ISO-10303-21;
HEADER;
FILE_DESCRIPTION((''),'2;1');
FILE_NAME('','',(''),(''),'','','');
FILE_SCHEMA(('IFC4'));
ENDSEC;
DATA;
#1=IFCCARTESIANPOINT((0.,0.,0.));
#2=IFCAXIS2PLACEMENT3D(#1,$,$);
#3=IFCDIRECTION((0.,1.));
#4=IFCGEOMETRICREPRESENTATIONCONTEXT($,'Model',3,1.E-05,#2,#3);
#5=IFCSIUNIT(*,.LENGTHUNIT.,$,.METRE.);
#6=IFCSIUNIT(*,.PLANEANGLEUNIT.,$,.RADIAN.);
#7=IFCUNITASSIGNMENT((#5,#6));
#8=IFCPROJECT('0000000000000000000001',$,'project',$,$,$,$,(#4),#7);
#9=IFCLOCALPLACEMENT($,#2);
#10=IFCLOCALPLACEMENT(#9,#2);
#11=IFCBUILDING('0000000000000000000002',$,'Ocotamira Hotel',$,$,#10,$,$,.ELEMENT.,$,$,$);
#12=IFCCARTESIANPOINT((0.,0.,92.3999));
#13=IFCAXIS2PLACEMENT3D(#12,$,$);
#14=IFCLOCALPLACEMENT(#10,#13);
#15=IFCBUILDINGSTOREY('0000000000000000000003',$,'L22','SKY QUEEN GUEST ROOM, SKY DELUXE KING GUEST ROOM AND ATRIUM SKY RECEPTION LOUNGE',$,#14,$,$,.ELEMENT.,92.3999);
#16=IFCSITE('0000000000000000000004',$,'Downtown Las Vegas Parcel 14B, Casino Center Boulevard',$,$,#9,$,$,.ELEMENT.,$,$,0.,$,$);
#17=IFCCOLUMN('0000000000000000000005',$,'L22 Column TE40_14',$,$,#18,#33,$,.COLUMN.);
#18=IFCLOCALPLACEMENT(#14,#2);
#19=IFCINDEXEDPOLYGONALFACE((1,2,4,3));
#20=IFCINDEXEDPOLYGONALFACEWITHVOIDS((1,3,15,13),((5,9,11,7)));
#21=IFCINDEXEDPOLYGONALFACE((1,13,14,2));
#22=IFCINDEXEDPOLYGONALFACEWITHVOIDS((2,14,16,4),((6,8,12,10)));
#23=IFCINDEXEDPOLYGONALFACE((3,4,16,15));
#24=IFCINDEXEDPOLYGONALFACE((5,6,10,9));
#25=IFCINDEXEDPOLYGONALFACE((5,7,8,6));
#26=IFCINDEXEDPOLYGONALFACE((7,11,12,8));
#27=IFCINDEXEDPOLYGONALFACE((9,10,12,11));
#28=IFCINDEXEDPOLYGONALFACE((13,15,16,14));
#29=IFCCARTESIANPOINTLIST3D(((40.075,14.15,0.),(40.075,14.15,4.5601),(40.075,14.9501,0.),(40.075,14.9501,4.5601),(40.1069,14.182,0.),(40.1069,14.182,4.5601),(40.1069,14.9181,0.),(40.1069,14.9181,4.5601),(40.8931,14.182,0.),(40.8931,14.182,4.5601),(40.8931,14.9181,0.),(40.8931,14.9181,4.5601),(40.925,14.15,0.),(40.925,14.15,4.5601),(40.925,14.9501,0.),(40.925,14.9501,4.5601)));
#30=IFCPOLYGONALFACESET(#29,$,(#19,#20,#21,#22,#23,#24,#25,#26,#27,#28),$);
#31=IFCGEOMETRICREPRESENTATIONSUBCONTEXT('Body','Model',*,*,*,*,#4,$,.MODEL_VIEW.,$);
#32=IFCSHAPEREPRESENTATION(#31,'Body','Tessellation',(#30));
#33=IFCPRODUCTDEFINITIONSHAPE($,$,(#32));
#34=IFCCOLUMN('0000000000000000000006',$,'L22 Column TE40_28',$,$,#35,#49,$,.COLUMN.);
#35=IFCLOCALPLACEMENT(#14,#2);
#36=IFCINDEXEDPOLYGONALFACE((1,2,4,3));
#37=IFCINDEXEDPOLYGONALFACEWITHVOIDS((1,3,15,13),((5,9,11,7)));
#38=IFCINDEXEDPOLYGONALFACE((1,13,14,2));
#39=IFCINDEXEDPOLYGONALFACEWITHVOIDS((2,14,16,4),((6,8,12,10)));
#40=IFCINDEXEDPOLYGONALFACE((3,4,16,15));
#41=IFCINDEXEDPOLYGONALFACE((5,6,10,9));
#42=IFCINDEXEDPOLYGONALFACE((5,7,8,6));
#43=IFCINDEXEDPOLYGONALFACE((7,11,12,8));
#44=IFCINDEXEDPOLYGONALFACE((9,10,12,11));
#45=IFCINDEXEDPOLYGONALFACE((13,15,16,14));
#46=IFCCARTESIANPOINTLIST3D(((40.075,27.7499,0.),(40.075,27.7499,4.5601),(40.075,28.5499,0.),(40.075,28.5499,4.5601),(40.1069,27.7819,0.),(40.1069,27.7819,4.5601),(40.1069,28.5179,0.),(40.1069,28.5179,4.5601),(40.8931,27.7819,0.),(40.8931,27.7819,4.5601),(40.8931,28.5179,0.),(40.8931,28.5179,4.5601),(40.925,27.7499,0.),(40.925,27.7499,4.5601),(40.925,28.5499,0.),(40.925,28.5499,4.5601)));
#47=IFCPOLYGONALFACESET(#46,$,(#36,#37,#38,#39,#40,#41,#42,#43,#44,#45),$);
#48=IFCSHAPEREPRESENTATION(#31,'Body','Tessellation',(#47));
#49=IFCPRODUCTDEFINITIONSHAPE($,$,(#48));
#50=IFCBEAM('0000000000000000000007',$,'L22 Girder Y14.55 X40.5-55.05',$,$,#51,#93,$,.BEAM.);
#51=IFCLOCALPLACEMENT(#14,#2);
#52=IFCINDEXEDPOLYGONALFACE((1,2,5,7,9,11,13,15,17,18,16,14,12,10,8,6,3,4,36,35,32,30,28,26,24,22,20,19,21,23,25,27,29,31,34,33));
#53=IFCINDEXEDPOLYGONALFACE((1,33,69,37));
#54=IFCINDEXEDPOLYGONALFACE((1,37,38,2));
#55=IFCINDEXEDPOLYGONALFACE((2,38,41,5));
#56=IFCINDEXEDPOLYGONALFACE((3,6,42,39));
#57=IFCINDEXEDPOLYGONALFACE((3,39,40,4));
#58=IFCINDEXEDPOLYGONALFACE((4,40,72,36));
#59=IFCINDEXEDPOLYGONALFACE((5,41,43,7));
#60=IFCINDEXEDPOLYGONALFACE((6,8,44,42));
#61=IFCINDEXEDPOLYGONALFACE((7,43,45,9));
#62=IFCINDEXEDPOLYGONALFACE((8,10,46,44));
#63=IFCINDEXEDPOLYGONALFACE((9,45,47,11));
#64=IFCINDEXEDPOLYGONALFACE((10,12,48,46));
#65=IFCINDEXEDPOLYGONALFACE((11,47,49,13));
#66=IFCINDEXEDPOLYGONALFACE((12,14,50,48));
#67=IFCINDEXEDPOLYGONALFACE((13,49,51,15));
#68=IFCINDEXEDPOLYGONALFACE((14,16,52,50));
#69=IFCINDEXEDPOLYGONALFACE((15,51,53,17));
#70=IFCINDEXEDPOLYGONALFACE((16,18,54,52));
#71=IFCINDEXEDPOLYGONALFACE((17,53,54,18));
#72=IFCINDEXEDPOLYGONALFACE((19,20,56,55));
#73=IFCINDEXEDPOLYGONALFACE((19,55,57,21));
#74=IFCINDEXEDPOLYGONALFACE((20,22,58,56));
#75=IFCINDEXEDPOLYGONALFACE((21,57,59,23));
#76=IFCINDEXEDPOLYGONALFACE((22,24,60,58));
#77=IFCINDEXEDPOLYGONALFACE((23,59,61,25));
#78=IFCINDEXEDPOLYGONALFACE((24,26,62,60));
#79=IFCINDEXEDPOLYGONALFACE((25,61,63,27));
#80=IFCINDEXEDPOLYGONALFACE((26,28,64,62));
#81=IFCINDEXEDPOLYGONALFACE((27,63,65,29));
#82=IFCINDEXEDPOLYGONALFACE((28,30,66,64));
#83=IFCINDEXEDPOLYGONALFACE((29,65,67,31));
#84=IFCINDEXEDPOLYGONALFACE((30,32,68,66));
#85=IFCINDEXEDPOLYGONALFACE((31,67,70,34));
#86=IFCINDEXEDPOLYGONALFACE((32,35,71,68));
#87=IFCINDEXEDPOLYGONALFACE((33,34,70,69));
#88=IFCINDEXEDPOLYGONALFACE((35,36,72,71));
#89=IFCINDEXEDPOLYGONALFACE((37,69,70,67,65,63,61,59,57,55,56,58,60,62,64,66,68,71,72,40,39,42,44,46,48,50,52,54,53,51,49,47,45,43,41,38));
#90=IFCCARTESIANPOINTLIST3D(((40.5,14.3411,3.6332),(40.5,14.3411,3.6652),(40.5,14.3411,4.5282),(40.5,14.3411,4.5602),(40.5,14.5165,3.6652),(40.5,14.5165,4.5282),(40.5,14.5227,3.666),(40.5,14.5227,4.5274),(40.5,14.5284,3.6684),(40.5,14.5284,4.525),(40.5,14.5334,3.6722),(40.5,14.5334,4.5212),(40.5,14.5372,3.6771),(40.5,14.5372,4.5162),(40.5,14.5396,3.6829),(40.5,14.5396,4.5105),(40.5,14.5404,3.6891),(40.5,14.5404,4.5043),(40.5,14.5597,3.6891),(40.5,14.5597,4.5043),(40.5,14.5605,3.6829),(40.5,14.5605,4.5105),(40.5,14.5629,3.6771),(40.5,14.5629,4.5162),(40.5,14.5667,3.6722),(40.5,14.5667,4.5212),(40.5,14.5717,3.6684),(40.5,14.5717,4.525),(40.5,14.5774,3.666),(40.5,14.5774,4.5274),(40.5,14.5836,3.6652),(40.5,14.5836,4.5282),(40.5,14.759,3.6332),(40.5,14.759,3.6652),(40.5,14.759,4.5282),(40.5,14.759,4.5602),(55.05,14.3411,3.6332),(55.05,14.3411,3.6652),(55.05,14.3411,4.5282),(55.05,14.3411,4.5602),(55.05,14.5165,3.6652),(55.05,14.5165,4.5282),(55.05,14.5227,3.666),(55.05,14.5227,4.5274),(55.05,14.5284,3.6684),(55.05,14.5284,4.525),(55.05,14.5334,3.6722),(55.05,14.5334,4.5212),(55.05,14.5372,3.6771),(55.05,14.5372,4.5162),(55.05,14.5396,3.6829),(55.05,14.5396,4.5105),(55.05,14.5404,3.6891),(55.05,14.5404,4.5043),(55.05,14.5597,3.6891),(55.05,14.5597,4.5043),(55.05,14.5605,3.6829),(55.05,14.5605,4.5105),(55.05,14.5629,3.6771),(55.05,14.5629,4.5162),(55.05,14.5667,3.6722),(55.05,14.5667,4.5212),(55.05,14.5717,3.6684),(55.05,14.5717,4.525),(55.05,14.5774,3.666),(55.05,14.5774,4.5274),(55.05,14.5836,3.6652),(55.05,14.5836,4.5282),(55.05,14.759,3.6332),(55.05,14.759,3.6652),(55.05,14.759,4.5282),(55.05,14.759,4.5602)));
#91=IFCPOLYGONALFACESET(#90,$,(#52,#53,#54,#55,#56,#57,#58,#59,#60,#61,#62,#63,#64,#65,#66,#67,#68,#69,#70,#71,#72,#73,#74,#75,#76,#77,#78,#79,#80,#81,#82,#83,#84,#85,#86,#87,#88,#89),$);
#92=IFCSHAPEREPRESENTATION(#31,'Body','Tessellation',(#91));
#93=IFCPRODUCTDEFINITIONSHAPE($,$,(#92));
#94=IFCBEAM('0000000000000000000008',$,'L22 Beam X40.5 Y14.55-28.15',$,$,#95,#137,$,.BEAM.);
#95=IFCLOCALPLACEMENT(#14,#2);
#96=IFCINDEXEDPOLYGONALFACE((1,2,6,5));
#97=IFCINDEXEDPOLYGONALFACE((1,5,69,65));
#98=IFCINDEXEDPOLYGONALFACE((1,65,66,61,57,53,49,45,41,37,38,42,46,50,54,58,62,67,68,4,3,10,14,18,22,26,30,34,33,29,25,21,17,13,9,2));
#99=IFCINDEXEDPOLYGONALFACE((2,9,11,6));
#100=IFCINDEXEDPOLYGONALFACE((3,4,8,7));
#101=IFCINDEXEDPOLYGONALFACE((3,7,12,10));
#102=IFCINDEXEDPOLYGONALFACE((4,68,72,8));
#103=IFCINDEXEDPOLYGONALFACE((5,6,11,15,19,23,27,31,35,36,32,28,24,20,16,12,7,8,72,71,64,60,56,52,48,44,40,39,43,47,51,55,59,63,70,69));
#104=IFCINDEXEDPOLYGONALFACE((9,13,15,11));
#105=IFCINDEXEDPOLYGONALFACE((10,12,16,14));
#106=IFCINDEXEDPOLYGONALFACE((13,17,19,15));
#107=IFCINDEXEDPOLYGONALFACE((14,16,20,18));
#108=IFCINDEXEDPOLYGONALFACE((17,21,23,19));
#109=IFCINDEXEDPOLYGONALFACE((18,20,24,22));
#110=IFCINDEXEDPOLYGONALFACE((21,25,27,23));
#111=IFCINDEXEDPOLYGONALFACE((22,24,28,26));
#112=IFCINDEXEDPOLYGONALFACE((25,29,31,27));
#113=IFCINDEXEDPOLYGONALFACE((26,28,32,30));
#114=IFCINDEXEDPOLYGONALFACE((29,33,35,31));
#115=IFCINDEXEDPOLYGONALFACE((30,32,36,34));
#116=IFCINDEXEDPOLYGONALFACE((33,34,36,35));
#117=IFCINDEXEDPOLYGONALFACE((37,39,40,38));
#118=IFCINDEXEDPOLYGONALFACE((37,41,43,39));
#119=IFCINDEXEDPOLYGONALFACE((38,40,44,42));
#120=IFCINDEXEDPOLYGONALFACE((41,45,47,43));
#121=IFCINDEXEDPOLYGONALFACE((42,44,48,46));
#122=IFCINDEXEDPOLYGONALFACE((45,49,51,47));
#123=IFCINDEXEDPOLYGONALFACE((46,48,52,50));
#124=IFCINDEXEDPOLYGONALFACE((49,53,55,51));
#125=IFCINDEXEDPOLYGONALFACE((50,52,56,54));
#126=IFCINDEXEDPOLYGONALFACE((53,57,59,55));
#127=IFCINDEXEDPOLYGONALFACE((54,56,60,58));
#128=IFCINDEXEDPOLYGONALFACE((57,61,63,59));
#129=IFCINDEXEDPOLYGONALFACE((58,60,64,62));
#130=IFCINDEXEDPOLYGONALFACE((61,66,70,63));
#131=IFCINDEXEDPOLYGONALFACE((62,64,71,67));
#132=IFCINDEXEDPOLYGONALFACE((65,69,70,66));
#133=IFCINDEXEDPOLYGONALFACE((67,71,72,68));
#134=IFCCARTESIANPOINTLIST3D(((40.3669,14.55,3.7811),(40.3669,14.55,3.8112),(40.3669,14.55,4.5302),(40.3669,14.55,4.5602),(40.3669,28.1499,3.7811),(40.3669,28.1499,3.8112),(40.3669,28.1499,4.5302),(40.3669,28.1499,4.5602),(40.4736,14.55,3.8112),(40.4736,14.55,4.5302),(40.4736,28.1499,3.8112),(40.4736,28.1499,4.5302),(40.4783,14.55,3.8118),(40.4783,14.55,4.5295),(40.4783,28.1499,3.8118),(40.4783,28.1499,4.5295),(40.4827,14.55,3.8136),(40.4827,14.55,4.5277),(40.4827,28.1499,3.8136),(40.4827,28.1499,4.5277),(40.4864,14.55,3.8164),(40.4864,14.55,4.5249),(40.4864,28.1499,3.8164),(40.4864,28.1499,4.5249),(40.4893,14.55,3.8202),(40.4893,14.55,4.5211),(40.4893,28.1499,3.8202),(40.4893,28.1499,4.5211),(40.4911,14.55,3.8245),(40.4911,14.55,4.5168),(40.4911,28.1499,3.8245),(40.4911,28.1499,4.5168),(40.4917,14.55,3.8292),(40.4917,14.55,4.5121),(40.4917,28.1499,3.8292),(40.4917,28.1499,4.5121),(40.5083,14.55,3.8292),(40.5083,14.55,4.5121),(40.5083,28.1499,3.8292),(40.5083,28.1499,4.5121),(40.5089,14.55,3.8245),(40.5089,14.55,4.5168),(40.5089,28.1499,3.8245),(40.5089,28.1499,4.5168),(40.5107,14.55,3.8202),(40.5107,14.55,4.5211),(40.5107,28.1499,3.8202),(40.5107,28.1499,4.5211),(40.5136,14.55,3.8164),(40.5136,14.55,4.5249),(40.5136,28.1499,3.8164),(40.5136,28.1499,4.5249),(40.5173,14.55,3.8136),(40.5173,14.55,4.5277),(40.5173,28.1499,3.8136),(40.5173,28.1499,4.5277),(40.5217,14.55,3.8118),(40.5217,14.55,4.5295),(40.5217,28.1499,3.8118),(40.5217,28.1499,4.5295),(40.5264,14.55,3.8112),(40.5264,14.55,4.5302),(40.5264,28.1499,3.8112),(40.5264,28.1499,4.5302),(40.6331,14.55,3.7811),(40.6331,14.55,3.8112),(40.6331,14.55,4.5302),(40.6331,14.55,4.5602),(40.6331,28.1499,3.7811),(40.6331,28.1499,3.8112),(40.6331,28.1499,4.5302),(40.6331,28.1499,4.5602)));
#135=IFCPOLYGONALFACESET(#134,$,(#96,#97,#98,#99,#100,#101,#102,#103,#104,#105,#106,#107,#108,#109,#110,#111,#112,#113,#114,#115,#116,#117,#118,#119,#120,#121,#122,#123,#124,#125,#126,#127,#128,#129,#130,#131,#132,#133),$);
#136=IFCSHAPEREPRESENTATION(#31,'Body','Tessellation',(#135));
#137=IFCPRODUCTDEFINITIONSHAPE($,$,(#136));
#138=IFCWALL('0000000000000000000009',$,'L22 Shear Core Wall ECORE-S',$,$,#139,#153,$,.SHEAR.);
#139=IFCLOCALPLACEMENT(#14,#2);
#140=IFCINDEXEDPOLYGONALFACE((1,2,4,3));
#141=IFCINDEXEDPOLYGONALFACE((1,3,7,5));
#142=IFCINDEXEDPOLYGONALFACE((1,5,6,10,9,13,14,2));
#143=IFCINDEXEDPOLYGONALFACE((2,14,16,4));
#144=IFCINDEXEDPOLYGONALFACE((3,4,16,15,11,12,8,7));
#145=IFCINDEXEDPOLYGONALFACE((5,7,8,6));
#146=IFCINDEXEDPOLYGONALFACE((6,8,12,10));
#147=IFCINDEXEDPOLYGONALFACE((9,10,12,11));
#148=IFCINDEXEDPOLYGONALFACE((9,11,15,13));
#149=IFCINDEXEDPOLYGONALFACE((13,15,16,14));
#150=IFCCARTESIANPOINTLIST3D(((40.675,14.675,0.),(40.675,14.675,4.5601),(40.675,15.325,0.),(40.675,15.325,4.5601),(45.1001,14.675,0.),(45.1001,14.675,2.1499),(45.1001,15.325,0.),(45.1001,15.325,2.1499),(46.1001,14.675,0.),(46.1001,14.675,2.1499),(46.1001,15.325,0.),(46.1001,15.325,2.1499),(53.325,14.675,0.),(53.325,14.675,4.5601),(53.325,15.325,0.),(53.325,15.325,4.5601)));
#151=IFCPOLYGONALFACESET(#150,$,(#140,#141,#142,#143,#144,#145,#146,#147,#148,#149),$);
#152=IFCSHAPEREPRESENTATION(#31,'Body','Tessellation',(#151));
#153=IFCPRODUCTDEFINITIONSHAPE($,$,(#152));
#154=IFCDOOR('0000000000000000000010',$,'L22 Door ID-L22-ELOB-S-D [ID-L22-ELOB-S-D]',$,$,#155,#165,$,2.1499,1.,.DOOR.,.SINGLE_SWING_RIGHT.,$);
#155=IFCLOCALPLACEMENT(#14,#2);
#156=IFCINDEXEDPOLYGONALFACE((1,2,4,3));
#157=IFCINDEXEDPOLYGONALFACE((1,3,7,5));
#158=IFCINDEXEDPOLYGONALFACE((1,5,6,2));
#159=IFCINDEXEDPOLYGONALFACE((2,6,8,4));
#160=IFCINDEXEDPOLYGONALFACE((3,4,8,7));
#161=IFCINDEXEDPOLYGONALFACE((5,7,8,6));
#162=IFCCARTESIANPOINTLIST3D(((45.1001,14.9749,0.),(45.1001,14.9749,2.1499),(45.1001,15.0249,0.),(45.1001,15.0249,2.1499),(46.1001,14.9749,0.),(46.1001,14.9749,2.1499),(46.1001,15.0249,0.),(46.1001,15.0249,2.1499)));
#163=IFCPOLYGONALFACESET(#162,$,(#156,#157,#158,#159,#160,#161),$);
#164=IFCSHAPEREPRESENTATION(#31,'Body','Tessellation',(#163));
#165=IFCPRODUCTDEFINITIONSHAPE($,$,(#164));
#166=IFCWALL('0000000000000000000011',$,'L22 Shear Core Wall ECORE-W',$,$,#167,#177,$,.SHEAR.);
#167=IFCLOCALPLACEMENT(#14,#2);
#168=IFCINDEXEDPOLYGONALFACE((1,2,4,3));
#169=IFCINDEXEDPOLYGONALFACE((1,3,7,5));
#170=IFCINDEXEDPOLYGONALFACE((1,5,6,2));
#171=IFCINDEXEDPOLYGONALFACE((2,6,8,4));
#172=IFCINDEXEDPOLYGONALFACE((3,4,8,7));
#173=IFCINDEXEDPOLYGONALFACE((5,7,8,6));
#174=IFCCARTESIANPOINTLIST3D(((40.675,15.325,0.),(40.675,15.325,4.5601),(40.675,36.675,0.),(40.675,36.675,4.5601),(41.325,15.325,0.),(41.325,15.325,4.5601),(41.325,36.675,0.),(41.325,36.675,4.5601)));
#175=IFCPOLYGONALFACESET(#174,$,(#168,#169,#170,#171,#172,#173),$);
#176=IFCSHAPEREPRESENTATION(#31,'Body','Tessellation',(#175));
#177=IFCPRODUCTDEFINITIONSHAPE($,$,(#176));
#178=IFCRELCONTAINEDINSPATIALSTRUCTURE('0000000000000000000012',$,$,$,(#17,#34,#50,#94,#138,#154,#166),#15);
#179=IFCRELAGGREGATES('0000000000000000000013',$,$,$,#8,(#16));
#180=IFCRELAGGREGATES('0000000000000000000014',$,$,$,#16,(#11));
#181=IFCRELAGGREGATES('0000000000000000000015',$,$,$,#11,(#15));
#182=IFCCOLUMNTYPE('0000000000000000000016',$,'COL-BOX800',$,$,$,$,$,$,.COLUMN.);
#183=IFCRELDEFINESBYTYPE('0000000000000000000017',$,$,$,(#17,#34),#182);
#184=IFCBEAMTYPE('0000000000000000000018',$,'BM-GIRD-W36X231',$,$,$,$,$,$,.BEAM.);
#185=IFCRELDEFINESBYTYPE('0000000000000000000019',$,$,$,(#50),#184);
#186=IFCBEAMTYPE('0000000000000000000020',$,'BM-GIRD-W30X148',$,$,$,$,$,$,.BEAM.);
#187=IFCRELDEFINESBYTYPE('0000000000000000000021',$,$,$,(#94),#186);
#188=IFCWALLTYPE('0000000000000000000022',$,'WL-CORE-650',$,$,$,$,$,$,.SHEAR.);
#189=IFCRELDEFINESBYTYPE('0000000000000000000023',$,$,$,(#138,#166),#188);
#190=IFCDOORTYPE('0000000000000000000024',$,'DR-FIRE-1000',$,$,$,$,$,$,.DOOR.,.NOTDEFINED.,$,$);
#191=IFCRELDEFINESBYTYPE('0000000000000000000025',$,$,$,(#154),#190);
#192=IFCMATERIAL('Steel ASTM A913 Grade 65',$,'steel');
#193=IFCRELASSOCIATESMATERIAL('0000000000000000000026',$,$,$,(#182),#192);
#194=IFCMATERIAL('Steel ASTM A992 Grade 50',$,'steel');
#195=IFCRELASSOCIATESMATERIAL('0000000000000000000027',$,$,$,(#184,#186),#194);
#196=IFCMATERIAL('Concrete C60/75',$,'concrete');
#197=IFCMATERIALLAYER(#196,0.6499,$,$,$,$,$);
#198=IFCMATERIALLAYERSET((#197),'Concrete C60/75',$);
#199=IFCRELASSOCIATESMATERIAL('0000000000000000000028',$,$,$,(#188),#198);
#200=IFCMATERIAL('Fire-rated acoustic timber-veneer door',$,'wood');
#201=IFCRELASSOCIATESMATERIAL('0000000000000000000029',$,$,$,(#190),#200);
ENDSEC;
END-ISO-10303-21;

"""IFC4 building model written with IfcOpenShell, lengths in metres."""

from ifc_helpers import new_model, si_unit, direction, frame, frame_2d, origin, origin_2d, place, context, subcontext, project, spatial, rectangle, hollow_rectangle, i_section, extrude, source, transform, mapped, material, layer, layer_set, material_profile, profile_set, type_object, element, fill, save


model = new_model("IFC4")

# Units and contexts
model_context = context("Model", 3, precision=1e-05, world=origin(), true_north=direction((0.0, 1.0)))
body_context = subcontext(model_context, "Body", "Model", "MODEL_VIEW")
ifc_project = project(units=[si_unit("LENGTHUNIT", "METRE"), si_unit("PLANEANGLEUNIT", "RADIAN")], contexts=[model_context])

# Site, building, storey
site_placement = place(None, origin())
site = spatial("IfcSite", under=ifc_project, at=site_placement, Name="Downtown Las Vegas Parcel 14B, Casino Center Boulevard", CompositionType="ELEMENT", RefElevation=0.0)
building_placement = place(site_placement, origin())
building = spatial("IfcBuilding", under=site, at=building_placement, Name="Ocotamira Hotel", CompositionType="ELEMENT")
storey_placement = place(building_placement, frame((0.0, 0.0, 92.3999)))
storey = spatial("IfcBuildingStorey", under=building, at=storey_placement, Name="L22", Description="SKY QUEEN GUEST ROOM, SKY DELUXE KING GUEST ROOM AND ATRIUM SKY RECEPTION LOUNGE", CompositionType="ELEMENT", Elevation=92.3999)

# Columns
ifc_material_1 = material(Name="Steel ASTM A913 Grade 65", Category="steel")
ifc_material_profile_1 = material_profile(ifc_material_1, hollow_rectangle(XDim=0.8501, YDim=0.8, WallThickness=0.032, at=origin_2d()), Name="BOX800X850X32")
ifc_profile_set_1 = profile_set([ifc_material_profile_1], Name="Steel ASTM A913 Grade 65")
column_type = type_object("IfcColumnType", Name="COL-BOX800", PredefinedType="COLUMN", material=ifc_profile_set_1)
shared_shape_1 = source(origin(), body_context, "Body", "SweptSolid", [
    extrude(hollow_rectangle(XDim=0.8501, YDim=0.8, WallThickness=0.032, at=origin_2d()), origin(), (0.0, 0.0, 1.0), 4.5601),
])
for number, where, z_axis, x_axis, name in (
    (1, (40.5, 14.55, 0.0), (0.0, 0.0, 1.0), (1.0, 0.0, 0.0), "L22 Column TE40_14"),
    (2, (40.5, 28.1499, 0.0), (0.0, 0.0, 1.0), (1.0, 0.0, 0.0), "L22 Column TE40_28"),
):
    element("IfcColumn", number, at=place(storey_placement, frame(where, z_axis=z_axis, x_axis=x_axis)), inside=storey, type_object=column_type, Name=name, PredefinedType="COLUMN", context=body_context, shape_type="MappedRepresentation", body=[
        mapped(shared_shape_1, transform((0.0, 0.0, 0.0), scale=1.0)),
    ])

# Beams
ifc_material_2 = material(Name="Steel ASTM A992 Grade 50", Category="steel")
ifc_material_profile_2 = material_profile(ifc_material_2, i_section(OverallWidth=0.418, OverallDepth=0.927, WebThickness=0.0193, FlangeThickness=0.032, FilletRadius=0.0239, at=origin_2d()), Name="W36X231")
ifc_profile_set_2 = profile_set([ifc_material_profile_2], Name="Steel ASTM A992 Grade 50")
beam_type_1 = type_object("IfcBeamType", Name="BM-GIRD-W36X231", PredefinedType="BEAM", material=ifc_profile_set_2)
shared_shape_2 = source(origin(), body_context, "Body", "SweptSolid", [
    extrude(i_section(OverallWidth=0.418, OverallDepth=0.927, WebThickness=0.0193, FlangeThickness=0.032, FilletRadius=0.0239, at=origin_2d()), origin(), (0.0, 0.0, 1.0), 14.55),
])
beam_1_placement = place(storey_placement, frame((40.5, 14.55, 4.0967), z_axis=(1.0, 0.0, 0.0), x_axis=(0.0, 1.0, 0.0)))
element("IfcBeam", 3, at=beam_1_placement, inside=storey, type_object=beam_type_1, Name="L22 Girder Y14.55 X40.5-55.05", PredefinedType="BEAM", context=body_context, shape_type="MappedRepresentation", body=[
    mapped(shared_shape_2, transform((0.0, 0.0, 0.0), scale=1.0)),
])
ifc_material_profile_3 = material_profile(ifc_material_2, i_section(OverallWidth=0.2661, OverallDepth=0.7791, WebThickness=0.0166, FlangeThickness=0.03, FilletRadius=0.0181, at=origin_2d()), Name="W30X148")
ifc_profile_set_3 = profile_set([ifc_material_profile_3], Name="Steel ASTM A992 Grade 50")
beam_type_2 = type_object("IfcBeamType", Name="BM-GIRD-W30X148", PredefinedType="BEAM", material=ifc_profile_set_3)
shared_shape_3 = source(origin(), body_context, "Body", "SweptSolid", [
    extrude(i_section(OverallWidth=0.2661, OverallDepth=0.7791, WebThickness=0.0166, FlangeThickness=0.03, FilletRadius=0.0181, at=origin_2d()), origin(), (0.0, 0.0, 1.0), 13.5999),
])
beam_2_placement = place(storey_placement, frame((40.5, 14.55, 4.1707), z_axis=(0.0, 1.0, 0.0), x_axis=(-1.0, 0.0, 0.0)))
element("IfcBeam", 4, at=beam_2_placement, inside=storey, type_object=beam_type_2, Name="L22 Beam X40.5 Y14.55-28.15", PredefinedType="BEAM", context=body_context, shape_type="MappedRepresentation", body=[
    mapped(shared_shape_3, transform((0.0, 0.0, 0.0), scale=1.0)),
])

# Wall, opening, door
ifc_material_3 = material(Name="Concrete C60/75", Category="concrete")
ifc_layer_1 = layer(ifc_material_3, 0.6499)
ifc_layer_set_1 = layer_set([ifc_layer_1], Name="Concrete C60/75")
wall_type_1 = type_object("IfcWallType", Name="WL-CORE-650", PredefinedType="SHEAR", material=ifc_layer_set_1)
wall_1_placement = place(storey_placement, frame((40.675, 15.0, 0.0), z_axis=(0.0, 0.0, 1.0), x_axis=(1.0, 0.0, 0.0)))
wall_1 = element("IfcWall", 5, at=wall_1_placement, inside=storey, type_object=wall_type_1, Name="L22 Shear Core Wall ECORE-S", PredefinedType="SHEAR", context=body_context, shape_type="SweptSolid", body=[
    extrude(rectangle(XDim=12.6499, YDim=0.6499, at=frame_2d((6.325, 0.0))), origin(), (0.0, 0.0, 1.0), 4.5601),
])
opening_1_placement = place(wall_1_placement, frame((4.425, 0.0, 0.0)))
opening_1 = element("IfcOpeningElement", 6, at=opening_1_placement, cuts=wall_1, PredefinedType="OPENING", context=body_context, shape_type="SweptSolid", body=[
    extrude(rectangle(XDim=1.0, YDim=2.1499, at=frame_2d((0.5, 1.075))), frame((0.0, 0.335, 0.0), z_axis=(0.0, -1.0, 0.0), x_axis=(1.0, 0.0, 0.0)), (0.0, 0.0, 1.0), 0.6699),
])
ifc_material_4 = material(Name="Fire-rated acoustic timber-veneer door", Category="wood")
door_type_1 = type_object("IfcDoorType", Name="DR-FIRE-1000", OperationType="NOTDEFINED", PredefinedType="DOOR", material=ifc_material_4)
shared_shape_4 = source(origin(), body_context, "Body", "SweptSolid", [
    extrude(rectangle(XDim=1.0, YDim=2.1499, at=frame_2d((0.5, 1.075))), frame((0.0, 0.0249, 0.0), z_axis=(0.0, -1.0, 0.0), x_axis=(1.0, 0.0, 0.0)), (0.0, 0.0, 1.0), 0.05),
])
door_1_placement = place(opening_1_placement, origin())
door_1 = element("IfcDoor", 7, at=door_1_placement, inside=storey, type_object=door_type_1, Name="L22 Door ID-L22-ELOB-S-D [ID-L22-ELOB-S-D]", OperationType="SINGLE_SWING_RIGHT", OverallHeight=2.1499, OverallWidth=1.0, PredefinedType="DOOR", context=body_context, shape_type="MappedRepresentation", body=[
    mapped(shared_shape_4, transform((0.0, 0.0, 0.0), scale=1.0)),
])
fill(opening_1, door_1)

# Wall
wall_2_placement = place(storey_placement, frame((41.0, 15.325, 0.0), z_axis=(0.0, 0.0, 1.0), x_axis=(0.0, 1.0, 0.0)))
element("IfcWall", 8, at=wall_2_placement, inside=storey, type_object=wall_type_1, Name="L22 Shear Core Wall ECORE-W", PredefinedType="SHEAR", context=body_context, shape_type="SweptSolid", body=[
    extrude(rectangle(XDim=21.3501, YDim=0.6499, at=frame_2d((10.675, 0.0))), origin(), (0.0, 0.0, 1.0), 4.5601),
])

save(model, "model.ifc")
